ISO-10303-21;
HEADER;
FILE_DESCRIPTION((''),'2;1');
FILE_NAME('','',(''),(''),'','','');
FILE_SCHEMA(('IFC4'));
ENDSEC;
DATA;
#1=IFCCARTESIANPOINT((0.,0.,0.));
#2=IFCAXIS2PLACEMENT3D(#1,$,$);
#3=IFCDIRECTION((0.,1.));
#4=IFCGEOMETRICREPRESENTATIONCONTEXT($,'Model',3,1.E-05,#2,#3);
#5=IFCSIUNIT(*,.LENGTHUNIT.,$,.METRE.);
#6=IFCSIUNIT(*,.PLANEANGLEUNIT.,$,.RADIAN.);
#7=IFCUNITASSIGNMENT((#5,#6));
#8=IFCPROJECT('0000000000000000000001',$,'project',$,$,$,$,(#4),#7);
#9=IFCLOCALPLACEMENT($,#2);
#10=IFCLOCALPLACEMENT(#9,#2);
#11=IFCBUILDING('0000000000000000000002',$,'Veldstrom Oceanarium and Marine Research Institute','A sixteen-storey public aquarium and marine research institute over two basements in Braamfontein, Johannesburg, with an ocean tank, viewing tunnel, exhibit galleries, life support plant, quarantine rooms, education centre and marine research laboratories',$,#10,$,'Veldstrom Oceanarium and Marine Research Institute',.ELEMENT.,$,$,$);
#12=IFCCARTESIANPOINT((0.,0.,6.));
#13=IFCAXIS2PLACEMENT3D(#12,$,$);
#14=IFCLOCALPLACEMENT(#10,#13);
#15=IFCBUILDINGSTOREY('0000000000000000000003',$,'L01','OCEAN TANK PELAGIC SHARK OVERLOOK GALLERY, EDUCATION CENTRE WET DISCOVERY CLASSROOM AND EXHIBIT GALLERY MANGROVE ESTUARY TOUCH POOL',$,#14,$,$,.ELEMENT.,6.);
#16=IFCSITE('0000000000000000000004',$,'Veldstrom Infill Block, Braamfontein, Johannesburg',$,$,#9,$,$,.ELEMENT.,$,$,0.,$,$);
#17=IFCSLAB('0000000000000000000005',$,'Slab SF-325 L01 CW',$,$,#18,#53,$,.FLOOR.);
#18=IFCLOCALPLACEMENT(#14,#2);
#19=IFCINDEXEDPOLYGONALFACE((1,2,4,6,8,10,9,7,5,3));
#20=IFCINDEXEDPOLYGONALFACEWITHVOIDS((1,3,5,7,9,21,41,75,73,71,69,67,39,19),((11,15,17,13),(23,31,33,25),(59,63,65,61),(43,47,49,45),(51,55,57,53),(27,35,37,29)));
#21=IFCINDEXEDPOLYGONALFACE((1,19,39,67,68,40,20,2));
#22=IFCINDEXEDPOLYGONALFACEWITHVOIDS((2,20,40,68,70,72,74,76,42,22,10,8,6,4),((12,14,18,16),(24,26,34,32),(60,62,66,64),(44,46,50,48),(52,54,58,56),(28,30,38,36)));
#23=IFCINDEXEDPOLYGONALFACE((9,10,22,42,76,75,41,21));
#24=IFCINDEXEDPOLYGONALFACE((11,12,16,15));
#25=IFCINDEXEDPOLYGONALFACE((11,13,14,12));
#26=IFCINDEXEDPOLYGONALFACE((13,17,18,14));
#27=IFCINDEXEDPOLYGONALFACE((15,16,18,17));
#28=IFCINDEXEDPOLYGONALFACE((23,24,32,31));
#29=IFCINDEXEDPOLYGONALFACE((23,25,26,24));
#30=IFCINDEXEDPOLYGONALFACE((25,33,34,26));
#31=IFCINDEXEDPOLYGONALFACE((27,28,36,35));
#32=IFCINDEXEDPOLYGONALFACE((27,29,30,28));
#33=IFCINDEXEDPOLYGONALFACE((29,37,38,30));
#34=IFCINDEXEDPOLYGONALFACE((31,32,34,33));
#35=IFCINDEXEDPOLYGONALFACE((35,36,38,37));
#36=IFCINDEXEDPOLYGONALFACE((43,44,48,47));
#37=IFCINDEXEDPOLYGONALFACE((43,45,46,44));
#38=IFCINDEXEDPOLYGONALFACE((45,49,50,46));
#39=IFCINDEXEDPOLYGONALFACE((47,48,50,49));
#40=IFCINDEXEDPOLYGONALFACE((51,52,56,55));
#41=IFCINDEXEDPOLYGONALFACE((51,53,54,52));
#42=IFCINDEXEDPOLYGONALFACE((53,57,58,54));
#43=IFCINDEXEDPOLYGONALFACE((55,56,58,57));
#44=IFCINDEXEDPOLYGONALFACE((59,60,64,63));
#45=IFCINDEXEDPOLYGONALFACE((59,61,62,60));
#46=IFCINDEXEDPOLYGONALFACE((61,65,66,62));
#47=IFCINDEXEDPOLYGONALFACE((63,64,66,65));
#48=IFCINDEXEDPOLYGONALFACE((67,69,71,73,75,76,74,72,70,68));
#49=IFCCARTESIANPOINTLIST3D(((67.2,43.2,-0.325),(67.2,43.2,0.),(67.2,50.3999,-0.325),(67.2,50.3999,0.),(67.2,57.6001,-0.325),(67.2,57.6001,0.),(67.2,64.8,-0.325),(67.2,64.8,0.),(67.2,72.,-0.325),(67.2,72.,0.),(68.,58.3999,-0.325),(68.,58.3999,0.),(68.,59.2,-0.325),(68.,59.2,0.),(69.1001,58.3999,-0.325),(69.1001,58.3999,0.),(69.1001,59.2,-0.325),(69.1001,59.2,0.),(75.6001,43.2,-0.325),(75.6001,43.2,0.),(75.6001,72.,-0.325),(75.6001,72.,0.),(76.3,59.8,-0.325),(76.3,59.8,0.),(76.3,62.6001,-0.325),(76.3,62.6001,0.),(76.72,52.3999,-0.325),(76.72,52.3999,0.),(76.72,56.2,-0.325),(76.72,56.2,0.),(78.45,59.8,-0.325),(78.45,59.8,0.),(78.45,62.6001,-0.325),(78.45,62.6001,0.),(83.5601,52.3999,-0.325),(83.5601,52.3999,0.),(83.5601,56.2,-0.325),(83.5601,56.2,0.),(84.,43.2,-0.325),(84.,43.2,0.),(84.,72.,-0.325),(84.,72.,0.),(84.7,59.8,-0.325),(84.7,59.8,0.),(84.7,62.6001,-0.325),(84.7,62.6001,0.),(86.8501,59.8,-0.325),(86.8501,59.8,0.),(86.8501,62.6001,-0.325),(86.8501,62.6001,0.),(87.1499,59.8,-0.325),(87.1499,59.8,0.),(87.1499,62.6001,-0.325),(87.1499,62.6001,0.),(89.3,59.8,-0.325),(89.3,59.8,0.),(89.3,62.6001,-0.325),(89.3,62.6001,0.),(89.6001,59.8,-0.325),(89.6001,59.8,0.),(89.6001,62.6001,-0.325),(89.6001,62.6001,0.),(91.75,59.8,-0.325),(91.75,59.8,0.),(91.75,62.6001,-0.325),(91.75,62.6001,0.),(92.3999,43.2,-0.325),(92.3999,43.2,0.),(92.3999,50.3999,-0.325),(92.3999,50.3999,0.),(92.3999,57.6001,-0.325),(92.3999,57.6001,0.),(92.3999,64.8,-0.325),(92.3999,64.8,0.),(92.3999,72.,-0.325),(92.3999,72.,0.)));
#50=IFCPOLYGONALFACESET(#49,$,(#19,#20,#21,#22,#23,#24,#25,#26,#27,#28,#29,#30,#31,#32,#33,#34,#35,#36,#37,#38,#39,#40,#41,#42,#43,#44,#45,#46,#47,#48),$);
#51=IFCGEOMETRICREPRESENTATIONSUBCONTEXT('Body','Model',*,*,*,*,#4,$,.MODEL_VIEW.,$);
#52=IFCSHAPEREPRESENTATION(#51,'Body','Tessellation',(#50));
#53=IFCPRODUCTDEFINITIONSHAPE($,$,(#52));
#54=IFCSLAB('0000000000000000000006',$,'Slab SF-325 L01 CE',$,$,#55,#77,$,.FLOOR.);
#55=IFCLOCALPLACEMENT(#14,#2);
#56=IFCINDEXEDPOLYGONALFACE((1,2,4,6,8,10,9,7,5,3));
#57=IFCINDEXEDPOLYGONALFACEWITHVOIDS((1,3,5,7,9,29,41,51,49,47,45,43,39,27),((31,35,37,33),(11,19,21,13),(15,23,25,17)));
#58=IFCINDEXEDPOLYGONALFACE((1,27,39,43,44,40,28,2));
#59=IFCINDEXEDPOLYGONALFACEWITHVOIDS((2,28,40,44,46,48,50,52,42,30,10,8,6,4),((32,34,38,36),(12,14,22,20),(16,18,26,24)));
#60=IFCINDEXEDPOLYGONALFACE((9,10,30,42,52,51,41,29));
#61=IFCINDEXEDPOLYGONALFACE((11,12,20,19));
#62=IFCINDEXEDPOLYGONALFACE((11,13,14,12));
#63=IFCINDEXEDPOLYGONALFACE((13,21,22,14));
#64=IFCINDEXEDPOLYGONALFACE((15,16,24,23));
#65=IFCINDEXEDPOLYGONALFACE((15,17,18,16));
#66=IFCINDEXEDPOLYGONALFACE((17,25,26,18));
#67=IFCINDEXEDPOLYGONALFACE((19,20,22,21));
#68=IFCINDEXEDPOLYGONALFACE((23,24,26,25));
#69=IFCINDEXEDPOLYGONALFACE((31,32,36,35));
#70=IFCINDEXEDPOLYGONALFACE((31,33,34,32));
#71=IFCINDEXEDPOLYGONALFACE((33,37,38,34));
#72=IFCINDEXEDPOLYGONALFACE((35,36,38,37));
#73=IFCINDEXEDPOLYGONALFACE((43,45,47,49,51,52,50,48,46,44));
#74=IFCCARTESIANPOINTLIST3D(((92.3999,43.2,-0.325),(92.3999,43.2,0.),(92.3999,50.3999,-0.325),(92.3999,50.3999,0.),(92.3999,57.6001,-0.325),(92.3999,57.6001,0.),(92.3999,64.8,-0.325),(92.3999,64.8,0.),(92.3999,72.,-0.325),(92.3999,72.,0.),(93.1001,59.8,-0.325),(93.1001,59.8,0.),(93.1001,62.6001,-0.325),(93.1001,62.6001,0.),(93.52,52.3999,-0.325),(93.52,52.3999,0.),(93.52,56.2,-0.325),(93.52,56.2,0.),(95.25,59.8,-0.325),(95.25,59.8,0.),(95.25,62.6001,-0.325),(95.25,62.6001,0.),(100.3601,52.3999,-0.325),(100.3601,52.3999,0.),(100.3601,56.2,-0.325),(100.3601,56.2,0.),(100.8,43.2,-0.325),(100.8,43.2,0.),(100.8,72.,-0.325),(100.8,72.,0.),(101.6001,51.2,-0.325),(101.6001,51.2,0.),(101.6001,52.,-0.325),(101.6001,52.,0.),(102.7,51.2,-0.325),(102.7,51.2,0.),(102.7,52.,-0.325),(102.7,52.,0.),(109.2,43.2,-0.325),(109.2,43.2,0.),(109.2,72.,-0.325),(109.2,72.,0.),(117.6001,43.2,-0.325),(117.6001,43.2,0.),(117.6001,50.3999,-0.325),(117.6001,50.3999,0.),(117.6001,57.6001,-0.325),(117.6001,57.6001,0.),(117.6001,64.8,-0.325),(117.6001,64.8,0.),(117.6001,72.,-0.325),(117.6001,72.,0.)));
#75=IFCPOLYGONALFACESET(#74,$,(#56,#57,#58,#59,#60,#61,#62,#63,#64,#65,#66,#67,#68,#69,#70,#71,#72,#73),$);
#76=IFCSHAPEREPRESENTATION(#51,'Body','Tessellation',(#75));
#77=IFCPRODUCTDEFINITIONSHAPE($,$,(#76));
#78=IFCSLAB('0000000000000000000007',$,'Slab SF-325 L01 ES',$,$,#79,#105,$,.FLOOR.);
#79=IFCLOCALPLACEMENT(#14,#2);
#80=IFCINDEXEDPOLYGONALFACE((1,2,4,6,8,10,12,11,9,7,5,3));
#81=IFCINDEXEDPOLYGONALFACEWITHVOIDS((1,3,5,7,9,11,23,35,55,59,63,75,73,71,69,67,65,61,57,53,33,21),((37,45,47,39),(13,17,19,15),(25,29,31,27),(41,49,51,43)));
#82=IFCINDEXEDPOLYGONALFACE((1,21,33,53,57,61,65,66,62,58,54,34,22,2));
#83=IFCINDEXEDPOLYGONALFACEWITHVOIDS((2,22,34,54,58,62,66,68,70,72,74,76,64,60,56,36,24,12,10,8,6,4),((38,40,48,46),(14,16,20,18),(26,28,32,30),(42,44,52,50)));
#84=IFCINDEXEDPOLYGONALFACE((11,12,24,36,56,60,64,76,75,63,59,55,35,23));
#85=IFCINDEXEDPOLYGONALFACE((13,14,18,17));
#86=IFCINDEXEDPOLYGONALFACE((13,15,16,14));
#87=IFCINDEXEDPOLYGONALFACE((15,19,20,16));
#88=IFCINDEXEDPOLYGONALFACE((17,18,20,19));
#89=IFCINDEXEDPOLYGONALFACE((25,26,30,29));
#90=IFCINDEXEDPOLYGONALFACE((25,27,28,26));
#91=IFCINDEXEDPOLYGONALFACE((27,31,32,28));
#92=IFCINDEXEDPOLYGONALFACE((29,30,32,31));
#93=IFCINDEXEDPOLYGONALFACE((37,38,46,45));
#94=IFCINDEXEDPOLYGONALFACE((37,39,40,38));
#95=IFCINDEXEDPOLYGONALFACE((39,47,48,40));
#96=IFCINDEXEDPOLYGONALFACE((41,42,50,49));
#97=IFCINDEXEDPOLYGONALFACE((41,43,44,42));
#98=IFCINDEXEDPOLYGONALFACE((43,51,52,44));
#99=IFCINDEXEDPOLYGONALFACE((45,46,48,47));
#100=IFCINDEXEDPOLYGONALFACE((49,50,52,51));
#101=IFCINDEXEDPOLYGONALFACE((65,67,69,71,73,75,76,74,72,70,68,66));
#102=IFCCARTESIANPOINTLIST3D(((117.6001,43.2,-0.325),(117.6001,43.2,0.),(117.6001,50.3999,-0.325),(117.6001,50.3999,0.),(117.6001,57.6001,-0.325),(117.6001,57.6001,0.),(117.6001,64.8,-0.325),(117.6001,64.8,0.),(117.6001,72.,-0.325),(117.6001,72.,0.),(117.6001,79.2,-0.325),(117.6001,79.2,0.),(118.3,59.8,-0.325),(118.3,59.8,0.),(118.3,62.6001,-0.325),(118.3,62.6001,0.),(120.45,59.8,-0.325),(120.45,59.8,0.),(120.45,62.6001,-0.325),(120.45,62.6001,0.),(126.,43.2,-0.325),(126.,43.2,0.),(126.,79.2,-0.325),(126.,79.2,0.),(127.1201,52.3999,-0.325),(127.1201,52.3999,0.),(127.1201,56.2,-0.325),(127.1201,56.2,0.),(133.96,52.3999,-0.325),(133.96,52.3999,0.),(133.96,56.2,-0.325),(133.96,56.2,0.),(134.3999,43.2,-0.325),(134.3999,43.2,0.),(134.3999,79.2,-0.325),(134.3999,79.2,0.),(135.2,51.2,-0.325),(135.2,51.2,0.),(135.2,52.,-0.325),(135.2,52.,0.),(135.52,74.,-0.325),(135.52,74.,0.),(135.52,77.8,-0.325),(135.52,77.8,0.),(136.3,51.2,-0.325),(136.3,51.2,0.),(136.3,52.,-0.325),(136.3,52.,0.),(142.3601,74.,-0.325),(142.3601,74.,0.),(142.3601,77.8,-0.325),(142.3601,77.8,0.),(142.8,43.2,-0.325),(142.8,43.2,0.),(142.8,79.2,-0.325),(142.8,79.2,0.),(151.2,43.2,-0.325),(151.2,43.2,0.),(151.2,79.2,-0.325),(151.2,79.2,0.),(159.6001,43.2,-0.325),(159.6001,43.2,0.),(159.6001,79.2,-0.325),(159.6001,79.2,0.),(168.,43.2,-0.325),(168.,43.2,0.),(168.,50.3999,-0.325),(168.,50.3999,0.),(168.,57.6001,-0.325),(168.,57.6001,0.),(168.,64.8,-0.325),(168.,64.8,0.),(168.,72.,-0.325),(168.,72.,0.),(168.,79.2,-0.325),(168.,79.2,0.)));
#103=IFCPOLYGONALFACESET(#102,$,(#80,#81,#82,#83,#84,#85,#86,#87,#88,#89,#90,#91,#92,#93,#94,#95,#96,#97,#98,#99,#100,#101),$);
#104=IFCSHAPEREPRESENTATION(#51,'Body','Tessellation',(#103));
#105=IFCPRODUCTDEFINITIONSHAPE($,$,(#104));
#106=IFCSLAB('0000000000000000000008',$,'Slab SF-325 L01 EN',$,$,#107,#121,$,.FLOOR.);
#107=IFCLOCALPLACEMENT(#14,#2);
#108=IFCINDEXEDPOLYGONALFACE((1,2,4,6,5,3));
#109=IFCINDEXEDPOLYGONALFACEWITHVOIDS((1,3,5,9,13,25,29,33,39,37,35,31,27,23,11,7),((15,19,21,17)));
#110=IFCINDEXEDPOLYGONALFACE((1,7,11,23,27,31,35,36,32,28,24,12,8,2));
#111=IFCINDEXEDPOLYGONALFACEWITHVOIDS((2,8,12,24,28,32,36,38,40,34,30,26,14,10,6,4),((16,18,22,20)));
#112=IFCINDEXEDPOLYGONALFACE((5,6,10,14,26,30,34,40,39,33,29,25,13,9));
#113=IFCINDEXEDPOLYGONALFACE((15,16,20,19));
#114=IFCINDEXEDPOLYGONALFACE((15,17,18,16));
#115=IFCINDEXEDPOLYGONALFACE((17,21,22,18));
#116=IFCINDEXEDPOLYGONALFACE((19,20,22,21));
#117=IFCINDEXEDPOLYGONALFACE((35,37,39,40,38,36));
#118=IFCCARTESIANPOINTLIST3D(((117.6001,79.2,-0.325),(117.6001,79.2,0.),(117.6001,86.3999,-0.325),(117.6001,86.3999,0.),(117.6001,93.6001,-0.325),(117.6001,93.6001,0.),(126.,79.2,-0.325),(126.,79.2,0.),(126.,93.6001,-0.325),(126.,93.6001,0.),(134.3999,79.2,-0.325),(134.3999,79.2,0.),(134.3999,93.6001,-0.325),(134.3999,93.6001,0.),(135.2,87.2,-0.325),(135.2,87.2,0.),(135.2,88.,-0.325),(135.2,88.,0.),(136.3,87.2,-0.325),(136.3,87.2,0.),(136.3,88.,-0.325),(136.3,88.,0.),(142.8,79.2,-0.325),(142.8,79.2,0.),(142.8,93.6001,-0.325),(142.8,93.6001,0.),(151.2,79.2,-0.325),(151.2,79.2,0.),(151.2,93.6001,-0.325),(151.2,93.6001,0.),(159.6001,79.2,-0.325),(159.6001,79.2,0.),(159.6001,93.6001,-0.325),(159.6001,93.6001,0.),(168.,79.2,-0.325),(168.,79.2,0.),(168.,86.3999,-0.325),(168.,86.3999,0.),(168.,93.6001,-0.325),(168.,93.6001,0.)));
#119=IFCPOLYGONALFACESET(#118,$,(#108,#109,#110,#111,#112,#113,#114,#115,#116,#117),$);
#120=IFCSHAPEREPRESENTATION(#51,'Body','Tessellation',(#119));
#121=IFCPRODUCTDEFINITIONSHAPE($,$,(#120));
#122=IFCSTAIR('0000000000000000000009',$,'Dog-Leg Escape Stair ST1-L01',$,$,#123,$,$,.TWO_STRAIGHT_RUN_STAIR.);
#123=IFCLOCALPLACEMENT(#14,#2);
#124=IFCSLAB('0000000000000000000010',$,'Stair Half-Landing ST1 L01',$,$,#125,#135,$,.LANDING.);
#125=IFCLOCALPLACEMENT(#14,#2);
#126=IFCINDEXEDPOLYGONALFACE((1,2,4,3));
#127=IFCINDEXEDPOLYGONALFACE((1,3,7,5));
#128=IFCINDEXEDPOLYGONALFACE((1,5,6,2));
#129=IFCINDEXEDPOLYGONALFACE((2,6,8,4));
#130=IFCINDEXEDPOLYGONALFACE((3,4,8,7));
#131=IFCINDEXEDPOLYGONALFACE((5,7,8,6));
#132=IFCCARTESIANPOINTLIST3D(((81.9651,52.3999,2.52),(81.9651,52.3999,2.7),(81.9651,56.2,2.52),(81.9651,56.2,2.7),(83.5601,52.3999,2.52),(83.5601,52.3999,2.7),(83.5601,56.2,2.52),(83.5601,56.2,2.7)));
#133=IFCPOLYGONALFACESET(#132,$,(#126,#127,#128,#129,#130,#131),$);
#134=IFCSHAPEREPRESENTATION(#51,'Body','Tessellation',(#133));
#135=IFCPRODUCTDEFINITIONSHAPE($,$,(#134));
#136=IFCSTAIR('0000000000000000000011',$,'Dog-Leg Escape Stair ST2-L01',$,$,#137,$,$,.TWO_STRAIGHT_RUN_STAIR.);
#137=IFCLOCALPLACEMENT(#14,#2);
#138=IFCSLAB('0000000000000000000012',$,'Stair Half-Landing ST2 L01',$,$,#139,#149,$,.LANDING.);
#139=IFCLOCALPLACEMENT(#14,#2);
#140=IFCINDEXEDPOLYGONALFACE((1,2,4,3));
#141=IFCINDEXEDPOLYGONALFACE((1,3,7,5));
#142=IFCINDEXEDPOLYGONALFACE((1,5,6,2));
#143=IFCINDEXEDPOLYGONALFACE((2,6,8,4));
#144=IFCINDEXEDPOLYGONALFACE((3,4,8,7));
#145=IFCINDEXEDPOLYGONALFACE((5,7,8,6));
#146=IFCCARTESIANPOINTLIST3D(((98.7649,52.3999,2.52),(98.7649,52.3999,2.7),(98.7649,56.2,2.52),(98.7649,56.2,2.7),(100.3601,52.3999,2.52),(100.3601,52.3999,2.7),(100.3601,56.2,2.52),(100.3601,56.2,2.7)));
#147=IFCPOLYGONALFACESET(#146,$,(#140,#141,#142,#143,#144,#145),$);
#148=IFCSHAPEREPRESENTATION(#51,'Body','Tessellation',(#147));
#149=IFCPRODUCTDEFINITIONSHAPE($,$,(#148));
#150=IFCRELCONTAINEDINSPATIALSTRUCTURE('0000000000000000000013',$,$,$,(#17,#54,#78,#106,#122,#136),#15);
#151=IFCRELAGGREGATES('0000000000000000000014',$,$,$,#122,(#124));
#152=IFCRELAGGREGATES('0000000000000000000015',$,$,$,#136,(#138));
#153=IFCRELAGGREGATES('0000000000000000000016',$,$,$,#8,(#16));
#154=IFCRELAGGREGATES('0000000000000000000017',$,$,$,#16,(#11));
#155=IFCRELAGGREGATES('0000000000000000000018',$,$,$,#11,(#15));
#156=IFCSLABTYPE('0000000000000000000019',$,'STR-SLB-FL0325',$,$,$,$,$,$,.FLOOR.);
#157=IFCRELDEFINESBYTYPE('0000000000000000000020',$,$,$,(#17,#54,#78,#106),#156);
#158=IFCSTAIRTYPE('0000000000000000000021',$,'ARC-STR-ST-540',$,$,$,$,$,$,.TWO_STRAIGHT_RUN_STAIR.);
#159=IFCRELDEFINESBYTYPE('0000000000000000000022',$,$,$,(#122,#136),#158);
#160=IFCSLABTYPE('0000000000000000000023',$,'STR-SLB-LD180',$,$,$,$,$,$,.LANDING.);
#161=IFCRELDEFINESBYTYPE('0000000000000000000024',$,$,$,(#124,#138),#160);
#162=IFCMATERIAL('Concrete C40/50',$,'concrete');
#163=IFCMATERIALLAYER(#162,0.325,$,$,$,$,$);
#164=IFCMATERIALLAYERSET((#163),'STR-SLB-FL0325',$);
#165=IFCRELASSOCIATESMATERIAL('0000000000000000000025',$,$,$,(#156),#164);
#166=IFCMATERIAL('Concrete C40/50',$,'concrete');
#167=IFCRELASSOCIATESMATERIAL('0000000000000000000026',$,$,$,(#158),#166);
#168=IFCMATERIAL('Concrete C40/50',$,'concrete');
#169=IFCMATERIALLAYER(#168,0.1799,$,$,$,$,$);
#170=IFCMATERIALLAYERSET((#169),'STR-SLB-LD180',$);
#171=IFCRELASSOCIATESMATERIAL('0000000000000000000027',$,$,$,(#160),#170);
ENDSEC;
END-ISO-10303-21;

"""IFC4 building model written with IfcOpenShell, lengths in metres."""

from ifc_helpers import new_model, si_unit, direction, frame, origin, place, context, subcontext, project, spatial, polyline, outline, extrude, material, layer, layer_set, type_object, element, aggregate, save


model = new_model("IFC4")

# Units and contexts
model_context = context("Model", 3, precision=1e-05, world=origin(), true_north=direction((0.0, 1.0)))
body_context = subcontext(model_context, "Body", "Model", "MODEL_VIEW")
ifc_project = project(units=[si_unit("LENGTHUNIT", "METRE"), si_unit("PLANEANGLEUNIT", "RADIAN")], contexts=[model_context])

# Site, building, storey
site_placement = place(None, origin())
site = spatial("IfcSite", under=ifc_project, at=site_placement, Name="Veldstrom Infill Block, Braamfontein, Johannesburg", CompositionType="ELEMENT", RefElevation=0.0)
building_placement = place(site_placement, origin())
building = spatial("IfcBuilding", under=site, at=building_placement, Name="Veldstrom Oceanarium and Marine Research Institute", Description="A sixteen-storey public aquarium and marine research institute over two basements in Braamfontein, Johannesburg, with an ocean tank, viewing tunnel, exhibit galleries, life support plant, quarantine rooms, education centre and marine research laboratories", LongName="Veldstrom Oceanarium and Marine Research Institute", CompositionType="ELEMENT")
storey_placement = place(building_placement, frame((0.0, 0.0, 6.0)))
storey = spatial("IfcBuildingStorey", under=building, at=storey_placement, Name="L01", Description="OCEAN TANK PELAGIC SHARK OVERLOOK GALLERY, EDUCATION CENTRE WET DISCOVERY CLASSROOM AND EXHIBIT GALLERY MANGROVE ESTUARY TOUCH POOL", CompositionType="ELEMENT", Elevation=6.0)

# Slabs
ifc_material_1 = material(Name="Concrete C40/50", Category="concrete")
ifc_layer_1 = layer(ifc_material_1, 0.325)
ifc_layer_set_1 = layer_set([ifc_layer_1], Name="STR-SLB-FL0325")
slab_type_1 = type_object("IfcSlabType", Name="STR-SLB-FL0325", PredefinedType="FLOOR", material=ifc_layer_set_1)
slab_1_placement = place(storey_placement, frame((0.0, 0.0, -0.325)))
element("IfcSlab", 1, at=slab_1_placement, inside=storey, type_object=slab_type_1, Name="Slab SF-325 L01 CW", PredefinedType="FLOOR", context=body_context, shape_type="SweptSolid", body=[
    extrude(outline(polyline([(67.2, 64.8), (67.2, 72.0), (75.6001, 72.0), (84.0, 72.0), (92.3999, 72.0), (92.3999, 64.8), (92.3999, 57.6001), (92.3999, 50.3999), (92.3999, 43.2), (84.0, 43.2), (75.6001, 43.2), (67.2, 43.2), (67.2, 50.3999), (67.2, 57.6001), (67.2, 64.8)]), holes=[polyline([(76.72, 52.3999), (83.5601, 52.3999), (83.5601, 56.2), (76.72, 56.2), (76.72, 52.3999)]), polyline([(78.45, 62.6001), (76.3, 62.6001), (76.3, 59.8), (78.45, 59.8), (78.45, 62.6001)]), polyline([(84.7, 59.8), (86.8501, 59.8), (86.8501, 62.6001), (84.7, 62.6001), (84.7, 59.8)]), polyline([(87.1499, 62.6001), (87.1499, 59.8), (89.3, 59.8), (89.3, 62.6001), (87.1499, 62.6001)]), polyline([(91.75, 62.6001), (89.6001, 62.6001), (89.6001, 59.8), (91.75, 59.8), (91.75, 62.6001)]), polyline([(69.1001, 59.2), (68.0, 59.2), (68.0, 58.3999), (69.1001, 58.3999), (69.1001, 59.2)])]), origin(), (0.0, 0.0, 1.0), 0.325),
])
slab_2_placement = place(storey_placement, frame((0.0, 0.0, -0.325)))
element("IfcSlab", 2, at=slab_2_placement, inside=storey, type_object=slab_type_1, Name="Slab SF-325 L01 CE", PredefinedType="FLOOR", context=body_context, shape_type="SweptSolid", body=[
    extrude(outline(polyline([(92.3999, 57.6001), (92.3999, 64.8), (92.3999, 72.0), (100.8, 72.0), (109.2, 72.0), (117.6001, 72.0), (117.6001, 64.8), (117.6001, 57.6001), (117.6001, 50.3999), (117.6001, 43.2), (109.2, 43.2), (100.8, 43.2), (92.3999, 43.2), (92.3999, 50.3999), (92.3999, 57.6001)]), holes=[polyline([(93.52, 56.2), (93.52, 52.3999), (100.3601, 52.3999), (100.3601, 56.2), (93.52, 56.2)]), polyline([(95.25, 59.8), (95.25, 62.6001), (93.1001, 62.6001), (93.1001, 59.8), (95.25, 59.8)]), polyline([(102.7, 52.0), (101.6001, 52.0), (101.6001, 51.2), (102.7, 51.2), (102.7, 52.0)])]), origin(), (0.0, 0.0, 1.0), 0.325),
])
slab_3_placement = place(storey_placement, frame((0.0, 0.0, -0.325)))
element("IfcSlab", 3, at=slab_3_placement, inside=storey, type_object=slab_type_1, Name="Slab SF-325 L01 ES", PredefinedType="FLOOR", context=body_context, shape_type="SweptSolid", body=[
    extrude(outline(polyline([(151.2, 43.2), (142.8, 43.2), (134.3999, 43.2), (126.0, 43.2), (117.6001, 43.2), (117.6001, 50.3999), (117.6001, 57.6001), (117.6001, 64.8), (117.6001, 72.0), (117.6001, 79.2), (126.0, 79.2), (134.3999, 79.2), (142.8, 79.2), (151.2, 79.2), (159.6001, 79.2), (168.0, 79.2), (168.0, 72.0), (168.0, 64.8), (168.0, 57.6001), (168.0, 50.3999), (168.0, 43.2), (159.6001, 43.2), (151.2, 43.2)]), holes=[polyline([(133.96, 52.3999), (133.96, 56.2), (127.1201, 56.2), (127.1201, 52.3999), (133.96, 52.3999)]), polyline([(135.52, 77.8), (135.52, 74.0), (142.3601, 74.0), (142.3601, 77.8), (135.52, 77.8)]), polyline([(118.3, 62.6001), (118.3, 59.8), (120.45, 59.8), (120.45, 62.6001), (118.3, 62.6001)]), polyline([(136.3, 52.0), (135.2, 52.0), (135.2, 51.2), (136.3, 51.2), (136.3, 52.0)])]), origin(), (0.0, 0.0, 1.0), 0.325),
])
slab_4_placement = place(storey_placement, frame((0.0, 0.0, -0.325)))
element("IfcSlab", 4, at=slab_4_placement, inside=storey, type_object=slab_type_1, Name="Slab SF-325 L01 EN", PredefinedType="FLOOR", context=body_context, shape_type="SweptSolid", body=[
    extrude(outline(polyline([(117.6001, 86.3999), (117.6001, 93.6001), (126.0, 93.6001), (134.3999, 93.6001), (142.8, 93.6001), (151.2, 93.6001), (159.6001, 93.6001), (168.0, 93.6001), (168.0, 86.3999), (168.0, 79.2), (159.6001, 79.2), (151.2, 79.2), (142.8, 79.2), (134.3999, 79.2), (126.0, 79.2), (117.6001, 79.2), (117.6001, 86.3999)]), holes=[polyline([(136.3, 88.0), (135.2, 88.0), (135.2, 87.2), (136.3, 87.2), (136.3, 88.0)])]), origin(), (0.0, 0.0, 1.0), 0.325),
])

# Stairs, slabs
ifc_material_2 = material(Name="Concrete C40/50", Category="concrete")
stair_type = type_object("IfcStairType", Name="ARC-STR-ST-540", PredefinedType="TWO_STRAIGHT_RUN_STAIR", material=ifc_material_2)
stair_1_placement = place(storey_placement, origin())
stair_1 = element("IfcStair", 5, at=stair_1_placement, inside=storey, type_object=stair_type, Name="Dog-Leg Escape Stair ST1-L01", PredefinedType="TWO_STRAIGHT_RUN_STAIR")
ifc_material_3 = material(Name="Concrete C40/50", Category="concrete")
ifc_layer_2 = layer(ifc_material_3, 0.1799)
ifc_layer_set_2 = layer_set([ifc_layer_2], Name="STR-SLB-LD180")
slab_type_2 = type_object("IfcSlabType", Name="STR-SLB-LD180", PredefinedType="LANDING", material=ifc_layer_set_2)
slab_5_placement = place(storey_placement, frame((0.0, 0.0, 2.52)))
slab_5 = element("IfcSlab", 6, at=slab_5_placement, type_object=slab_type_2, Name="Stair Half-Landing ST1 L01", PredefinedType="LANDING", context=body_context, shape_type="SweptSolid", body=[
    extrude(outline(polyline([(81.9651, 52.3999), (83.5601, 52.3999), (83.5601, 56.2), (81.9651, 56.2), (81.9651, 52.3999)])), origin(), (0.0, 0.0, 1.0), 0.1799),
])
aggregate(stair_1, [slab_5])
stair_2_placement = place(storey_placement, origin())
stair_2 = element("IfcStair", 7, at=stair_2_placement, inside=storey, type_object=stair_type, Name="Dog-Leg Escape Stair ST2-L01", PredefinedType="TWO_STRAIGHT_RUN_STAIR")
slab_6_placement = place(storey_placement, frame((0.0, 0.0, 2.52)))
slab_6 = element("IfcSlab", 8, at=slab_6_placement, type_object=slab_type_2, Name="Stair Half-Landing ST2 L01", PredefinedType="LANDING", context=body_context, shape_type="SweptSolid", body=[
    extrude(outline(polyline([(98.7649, 52.3999), (100.3601, 52.3999), (100.3601, 56.2), (98.7649, 56.2), (98.7649, 52.3999)])), origin(), (0.0, 0.0, 1.0), 0.1799),
])
aggregate(stair_2, [slab_6])

save(model, "model.ifc")
